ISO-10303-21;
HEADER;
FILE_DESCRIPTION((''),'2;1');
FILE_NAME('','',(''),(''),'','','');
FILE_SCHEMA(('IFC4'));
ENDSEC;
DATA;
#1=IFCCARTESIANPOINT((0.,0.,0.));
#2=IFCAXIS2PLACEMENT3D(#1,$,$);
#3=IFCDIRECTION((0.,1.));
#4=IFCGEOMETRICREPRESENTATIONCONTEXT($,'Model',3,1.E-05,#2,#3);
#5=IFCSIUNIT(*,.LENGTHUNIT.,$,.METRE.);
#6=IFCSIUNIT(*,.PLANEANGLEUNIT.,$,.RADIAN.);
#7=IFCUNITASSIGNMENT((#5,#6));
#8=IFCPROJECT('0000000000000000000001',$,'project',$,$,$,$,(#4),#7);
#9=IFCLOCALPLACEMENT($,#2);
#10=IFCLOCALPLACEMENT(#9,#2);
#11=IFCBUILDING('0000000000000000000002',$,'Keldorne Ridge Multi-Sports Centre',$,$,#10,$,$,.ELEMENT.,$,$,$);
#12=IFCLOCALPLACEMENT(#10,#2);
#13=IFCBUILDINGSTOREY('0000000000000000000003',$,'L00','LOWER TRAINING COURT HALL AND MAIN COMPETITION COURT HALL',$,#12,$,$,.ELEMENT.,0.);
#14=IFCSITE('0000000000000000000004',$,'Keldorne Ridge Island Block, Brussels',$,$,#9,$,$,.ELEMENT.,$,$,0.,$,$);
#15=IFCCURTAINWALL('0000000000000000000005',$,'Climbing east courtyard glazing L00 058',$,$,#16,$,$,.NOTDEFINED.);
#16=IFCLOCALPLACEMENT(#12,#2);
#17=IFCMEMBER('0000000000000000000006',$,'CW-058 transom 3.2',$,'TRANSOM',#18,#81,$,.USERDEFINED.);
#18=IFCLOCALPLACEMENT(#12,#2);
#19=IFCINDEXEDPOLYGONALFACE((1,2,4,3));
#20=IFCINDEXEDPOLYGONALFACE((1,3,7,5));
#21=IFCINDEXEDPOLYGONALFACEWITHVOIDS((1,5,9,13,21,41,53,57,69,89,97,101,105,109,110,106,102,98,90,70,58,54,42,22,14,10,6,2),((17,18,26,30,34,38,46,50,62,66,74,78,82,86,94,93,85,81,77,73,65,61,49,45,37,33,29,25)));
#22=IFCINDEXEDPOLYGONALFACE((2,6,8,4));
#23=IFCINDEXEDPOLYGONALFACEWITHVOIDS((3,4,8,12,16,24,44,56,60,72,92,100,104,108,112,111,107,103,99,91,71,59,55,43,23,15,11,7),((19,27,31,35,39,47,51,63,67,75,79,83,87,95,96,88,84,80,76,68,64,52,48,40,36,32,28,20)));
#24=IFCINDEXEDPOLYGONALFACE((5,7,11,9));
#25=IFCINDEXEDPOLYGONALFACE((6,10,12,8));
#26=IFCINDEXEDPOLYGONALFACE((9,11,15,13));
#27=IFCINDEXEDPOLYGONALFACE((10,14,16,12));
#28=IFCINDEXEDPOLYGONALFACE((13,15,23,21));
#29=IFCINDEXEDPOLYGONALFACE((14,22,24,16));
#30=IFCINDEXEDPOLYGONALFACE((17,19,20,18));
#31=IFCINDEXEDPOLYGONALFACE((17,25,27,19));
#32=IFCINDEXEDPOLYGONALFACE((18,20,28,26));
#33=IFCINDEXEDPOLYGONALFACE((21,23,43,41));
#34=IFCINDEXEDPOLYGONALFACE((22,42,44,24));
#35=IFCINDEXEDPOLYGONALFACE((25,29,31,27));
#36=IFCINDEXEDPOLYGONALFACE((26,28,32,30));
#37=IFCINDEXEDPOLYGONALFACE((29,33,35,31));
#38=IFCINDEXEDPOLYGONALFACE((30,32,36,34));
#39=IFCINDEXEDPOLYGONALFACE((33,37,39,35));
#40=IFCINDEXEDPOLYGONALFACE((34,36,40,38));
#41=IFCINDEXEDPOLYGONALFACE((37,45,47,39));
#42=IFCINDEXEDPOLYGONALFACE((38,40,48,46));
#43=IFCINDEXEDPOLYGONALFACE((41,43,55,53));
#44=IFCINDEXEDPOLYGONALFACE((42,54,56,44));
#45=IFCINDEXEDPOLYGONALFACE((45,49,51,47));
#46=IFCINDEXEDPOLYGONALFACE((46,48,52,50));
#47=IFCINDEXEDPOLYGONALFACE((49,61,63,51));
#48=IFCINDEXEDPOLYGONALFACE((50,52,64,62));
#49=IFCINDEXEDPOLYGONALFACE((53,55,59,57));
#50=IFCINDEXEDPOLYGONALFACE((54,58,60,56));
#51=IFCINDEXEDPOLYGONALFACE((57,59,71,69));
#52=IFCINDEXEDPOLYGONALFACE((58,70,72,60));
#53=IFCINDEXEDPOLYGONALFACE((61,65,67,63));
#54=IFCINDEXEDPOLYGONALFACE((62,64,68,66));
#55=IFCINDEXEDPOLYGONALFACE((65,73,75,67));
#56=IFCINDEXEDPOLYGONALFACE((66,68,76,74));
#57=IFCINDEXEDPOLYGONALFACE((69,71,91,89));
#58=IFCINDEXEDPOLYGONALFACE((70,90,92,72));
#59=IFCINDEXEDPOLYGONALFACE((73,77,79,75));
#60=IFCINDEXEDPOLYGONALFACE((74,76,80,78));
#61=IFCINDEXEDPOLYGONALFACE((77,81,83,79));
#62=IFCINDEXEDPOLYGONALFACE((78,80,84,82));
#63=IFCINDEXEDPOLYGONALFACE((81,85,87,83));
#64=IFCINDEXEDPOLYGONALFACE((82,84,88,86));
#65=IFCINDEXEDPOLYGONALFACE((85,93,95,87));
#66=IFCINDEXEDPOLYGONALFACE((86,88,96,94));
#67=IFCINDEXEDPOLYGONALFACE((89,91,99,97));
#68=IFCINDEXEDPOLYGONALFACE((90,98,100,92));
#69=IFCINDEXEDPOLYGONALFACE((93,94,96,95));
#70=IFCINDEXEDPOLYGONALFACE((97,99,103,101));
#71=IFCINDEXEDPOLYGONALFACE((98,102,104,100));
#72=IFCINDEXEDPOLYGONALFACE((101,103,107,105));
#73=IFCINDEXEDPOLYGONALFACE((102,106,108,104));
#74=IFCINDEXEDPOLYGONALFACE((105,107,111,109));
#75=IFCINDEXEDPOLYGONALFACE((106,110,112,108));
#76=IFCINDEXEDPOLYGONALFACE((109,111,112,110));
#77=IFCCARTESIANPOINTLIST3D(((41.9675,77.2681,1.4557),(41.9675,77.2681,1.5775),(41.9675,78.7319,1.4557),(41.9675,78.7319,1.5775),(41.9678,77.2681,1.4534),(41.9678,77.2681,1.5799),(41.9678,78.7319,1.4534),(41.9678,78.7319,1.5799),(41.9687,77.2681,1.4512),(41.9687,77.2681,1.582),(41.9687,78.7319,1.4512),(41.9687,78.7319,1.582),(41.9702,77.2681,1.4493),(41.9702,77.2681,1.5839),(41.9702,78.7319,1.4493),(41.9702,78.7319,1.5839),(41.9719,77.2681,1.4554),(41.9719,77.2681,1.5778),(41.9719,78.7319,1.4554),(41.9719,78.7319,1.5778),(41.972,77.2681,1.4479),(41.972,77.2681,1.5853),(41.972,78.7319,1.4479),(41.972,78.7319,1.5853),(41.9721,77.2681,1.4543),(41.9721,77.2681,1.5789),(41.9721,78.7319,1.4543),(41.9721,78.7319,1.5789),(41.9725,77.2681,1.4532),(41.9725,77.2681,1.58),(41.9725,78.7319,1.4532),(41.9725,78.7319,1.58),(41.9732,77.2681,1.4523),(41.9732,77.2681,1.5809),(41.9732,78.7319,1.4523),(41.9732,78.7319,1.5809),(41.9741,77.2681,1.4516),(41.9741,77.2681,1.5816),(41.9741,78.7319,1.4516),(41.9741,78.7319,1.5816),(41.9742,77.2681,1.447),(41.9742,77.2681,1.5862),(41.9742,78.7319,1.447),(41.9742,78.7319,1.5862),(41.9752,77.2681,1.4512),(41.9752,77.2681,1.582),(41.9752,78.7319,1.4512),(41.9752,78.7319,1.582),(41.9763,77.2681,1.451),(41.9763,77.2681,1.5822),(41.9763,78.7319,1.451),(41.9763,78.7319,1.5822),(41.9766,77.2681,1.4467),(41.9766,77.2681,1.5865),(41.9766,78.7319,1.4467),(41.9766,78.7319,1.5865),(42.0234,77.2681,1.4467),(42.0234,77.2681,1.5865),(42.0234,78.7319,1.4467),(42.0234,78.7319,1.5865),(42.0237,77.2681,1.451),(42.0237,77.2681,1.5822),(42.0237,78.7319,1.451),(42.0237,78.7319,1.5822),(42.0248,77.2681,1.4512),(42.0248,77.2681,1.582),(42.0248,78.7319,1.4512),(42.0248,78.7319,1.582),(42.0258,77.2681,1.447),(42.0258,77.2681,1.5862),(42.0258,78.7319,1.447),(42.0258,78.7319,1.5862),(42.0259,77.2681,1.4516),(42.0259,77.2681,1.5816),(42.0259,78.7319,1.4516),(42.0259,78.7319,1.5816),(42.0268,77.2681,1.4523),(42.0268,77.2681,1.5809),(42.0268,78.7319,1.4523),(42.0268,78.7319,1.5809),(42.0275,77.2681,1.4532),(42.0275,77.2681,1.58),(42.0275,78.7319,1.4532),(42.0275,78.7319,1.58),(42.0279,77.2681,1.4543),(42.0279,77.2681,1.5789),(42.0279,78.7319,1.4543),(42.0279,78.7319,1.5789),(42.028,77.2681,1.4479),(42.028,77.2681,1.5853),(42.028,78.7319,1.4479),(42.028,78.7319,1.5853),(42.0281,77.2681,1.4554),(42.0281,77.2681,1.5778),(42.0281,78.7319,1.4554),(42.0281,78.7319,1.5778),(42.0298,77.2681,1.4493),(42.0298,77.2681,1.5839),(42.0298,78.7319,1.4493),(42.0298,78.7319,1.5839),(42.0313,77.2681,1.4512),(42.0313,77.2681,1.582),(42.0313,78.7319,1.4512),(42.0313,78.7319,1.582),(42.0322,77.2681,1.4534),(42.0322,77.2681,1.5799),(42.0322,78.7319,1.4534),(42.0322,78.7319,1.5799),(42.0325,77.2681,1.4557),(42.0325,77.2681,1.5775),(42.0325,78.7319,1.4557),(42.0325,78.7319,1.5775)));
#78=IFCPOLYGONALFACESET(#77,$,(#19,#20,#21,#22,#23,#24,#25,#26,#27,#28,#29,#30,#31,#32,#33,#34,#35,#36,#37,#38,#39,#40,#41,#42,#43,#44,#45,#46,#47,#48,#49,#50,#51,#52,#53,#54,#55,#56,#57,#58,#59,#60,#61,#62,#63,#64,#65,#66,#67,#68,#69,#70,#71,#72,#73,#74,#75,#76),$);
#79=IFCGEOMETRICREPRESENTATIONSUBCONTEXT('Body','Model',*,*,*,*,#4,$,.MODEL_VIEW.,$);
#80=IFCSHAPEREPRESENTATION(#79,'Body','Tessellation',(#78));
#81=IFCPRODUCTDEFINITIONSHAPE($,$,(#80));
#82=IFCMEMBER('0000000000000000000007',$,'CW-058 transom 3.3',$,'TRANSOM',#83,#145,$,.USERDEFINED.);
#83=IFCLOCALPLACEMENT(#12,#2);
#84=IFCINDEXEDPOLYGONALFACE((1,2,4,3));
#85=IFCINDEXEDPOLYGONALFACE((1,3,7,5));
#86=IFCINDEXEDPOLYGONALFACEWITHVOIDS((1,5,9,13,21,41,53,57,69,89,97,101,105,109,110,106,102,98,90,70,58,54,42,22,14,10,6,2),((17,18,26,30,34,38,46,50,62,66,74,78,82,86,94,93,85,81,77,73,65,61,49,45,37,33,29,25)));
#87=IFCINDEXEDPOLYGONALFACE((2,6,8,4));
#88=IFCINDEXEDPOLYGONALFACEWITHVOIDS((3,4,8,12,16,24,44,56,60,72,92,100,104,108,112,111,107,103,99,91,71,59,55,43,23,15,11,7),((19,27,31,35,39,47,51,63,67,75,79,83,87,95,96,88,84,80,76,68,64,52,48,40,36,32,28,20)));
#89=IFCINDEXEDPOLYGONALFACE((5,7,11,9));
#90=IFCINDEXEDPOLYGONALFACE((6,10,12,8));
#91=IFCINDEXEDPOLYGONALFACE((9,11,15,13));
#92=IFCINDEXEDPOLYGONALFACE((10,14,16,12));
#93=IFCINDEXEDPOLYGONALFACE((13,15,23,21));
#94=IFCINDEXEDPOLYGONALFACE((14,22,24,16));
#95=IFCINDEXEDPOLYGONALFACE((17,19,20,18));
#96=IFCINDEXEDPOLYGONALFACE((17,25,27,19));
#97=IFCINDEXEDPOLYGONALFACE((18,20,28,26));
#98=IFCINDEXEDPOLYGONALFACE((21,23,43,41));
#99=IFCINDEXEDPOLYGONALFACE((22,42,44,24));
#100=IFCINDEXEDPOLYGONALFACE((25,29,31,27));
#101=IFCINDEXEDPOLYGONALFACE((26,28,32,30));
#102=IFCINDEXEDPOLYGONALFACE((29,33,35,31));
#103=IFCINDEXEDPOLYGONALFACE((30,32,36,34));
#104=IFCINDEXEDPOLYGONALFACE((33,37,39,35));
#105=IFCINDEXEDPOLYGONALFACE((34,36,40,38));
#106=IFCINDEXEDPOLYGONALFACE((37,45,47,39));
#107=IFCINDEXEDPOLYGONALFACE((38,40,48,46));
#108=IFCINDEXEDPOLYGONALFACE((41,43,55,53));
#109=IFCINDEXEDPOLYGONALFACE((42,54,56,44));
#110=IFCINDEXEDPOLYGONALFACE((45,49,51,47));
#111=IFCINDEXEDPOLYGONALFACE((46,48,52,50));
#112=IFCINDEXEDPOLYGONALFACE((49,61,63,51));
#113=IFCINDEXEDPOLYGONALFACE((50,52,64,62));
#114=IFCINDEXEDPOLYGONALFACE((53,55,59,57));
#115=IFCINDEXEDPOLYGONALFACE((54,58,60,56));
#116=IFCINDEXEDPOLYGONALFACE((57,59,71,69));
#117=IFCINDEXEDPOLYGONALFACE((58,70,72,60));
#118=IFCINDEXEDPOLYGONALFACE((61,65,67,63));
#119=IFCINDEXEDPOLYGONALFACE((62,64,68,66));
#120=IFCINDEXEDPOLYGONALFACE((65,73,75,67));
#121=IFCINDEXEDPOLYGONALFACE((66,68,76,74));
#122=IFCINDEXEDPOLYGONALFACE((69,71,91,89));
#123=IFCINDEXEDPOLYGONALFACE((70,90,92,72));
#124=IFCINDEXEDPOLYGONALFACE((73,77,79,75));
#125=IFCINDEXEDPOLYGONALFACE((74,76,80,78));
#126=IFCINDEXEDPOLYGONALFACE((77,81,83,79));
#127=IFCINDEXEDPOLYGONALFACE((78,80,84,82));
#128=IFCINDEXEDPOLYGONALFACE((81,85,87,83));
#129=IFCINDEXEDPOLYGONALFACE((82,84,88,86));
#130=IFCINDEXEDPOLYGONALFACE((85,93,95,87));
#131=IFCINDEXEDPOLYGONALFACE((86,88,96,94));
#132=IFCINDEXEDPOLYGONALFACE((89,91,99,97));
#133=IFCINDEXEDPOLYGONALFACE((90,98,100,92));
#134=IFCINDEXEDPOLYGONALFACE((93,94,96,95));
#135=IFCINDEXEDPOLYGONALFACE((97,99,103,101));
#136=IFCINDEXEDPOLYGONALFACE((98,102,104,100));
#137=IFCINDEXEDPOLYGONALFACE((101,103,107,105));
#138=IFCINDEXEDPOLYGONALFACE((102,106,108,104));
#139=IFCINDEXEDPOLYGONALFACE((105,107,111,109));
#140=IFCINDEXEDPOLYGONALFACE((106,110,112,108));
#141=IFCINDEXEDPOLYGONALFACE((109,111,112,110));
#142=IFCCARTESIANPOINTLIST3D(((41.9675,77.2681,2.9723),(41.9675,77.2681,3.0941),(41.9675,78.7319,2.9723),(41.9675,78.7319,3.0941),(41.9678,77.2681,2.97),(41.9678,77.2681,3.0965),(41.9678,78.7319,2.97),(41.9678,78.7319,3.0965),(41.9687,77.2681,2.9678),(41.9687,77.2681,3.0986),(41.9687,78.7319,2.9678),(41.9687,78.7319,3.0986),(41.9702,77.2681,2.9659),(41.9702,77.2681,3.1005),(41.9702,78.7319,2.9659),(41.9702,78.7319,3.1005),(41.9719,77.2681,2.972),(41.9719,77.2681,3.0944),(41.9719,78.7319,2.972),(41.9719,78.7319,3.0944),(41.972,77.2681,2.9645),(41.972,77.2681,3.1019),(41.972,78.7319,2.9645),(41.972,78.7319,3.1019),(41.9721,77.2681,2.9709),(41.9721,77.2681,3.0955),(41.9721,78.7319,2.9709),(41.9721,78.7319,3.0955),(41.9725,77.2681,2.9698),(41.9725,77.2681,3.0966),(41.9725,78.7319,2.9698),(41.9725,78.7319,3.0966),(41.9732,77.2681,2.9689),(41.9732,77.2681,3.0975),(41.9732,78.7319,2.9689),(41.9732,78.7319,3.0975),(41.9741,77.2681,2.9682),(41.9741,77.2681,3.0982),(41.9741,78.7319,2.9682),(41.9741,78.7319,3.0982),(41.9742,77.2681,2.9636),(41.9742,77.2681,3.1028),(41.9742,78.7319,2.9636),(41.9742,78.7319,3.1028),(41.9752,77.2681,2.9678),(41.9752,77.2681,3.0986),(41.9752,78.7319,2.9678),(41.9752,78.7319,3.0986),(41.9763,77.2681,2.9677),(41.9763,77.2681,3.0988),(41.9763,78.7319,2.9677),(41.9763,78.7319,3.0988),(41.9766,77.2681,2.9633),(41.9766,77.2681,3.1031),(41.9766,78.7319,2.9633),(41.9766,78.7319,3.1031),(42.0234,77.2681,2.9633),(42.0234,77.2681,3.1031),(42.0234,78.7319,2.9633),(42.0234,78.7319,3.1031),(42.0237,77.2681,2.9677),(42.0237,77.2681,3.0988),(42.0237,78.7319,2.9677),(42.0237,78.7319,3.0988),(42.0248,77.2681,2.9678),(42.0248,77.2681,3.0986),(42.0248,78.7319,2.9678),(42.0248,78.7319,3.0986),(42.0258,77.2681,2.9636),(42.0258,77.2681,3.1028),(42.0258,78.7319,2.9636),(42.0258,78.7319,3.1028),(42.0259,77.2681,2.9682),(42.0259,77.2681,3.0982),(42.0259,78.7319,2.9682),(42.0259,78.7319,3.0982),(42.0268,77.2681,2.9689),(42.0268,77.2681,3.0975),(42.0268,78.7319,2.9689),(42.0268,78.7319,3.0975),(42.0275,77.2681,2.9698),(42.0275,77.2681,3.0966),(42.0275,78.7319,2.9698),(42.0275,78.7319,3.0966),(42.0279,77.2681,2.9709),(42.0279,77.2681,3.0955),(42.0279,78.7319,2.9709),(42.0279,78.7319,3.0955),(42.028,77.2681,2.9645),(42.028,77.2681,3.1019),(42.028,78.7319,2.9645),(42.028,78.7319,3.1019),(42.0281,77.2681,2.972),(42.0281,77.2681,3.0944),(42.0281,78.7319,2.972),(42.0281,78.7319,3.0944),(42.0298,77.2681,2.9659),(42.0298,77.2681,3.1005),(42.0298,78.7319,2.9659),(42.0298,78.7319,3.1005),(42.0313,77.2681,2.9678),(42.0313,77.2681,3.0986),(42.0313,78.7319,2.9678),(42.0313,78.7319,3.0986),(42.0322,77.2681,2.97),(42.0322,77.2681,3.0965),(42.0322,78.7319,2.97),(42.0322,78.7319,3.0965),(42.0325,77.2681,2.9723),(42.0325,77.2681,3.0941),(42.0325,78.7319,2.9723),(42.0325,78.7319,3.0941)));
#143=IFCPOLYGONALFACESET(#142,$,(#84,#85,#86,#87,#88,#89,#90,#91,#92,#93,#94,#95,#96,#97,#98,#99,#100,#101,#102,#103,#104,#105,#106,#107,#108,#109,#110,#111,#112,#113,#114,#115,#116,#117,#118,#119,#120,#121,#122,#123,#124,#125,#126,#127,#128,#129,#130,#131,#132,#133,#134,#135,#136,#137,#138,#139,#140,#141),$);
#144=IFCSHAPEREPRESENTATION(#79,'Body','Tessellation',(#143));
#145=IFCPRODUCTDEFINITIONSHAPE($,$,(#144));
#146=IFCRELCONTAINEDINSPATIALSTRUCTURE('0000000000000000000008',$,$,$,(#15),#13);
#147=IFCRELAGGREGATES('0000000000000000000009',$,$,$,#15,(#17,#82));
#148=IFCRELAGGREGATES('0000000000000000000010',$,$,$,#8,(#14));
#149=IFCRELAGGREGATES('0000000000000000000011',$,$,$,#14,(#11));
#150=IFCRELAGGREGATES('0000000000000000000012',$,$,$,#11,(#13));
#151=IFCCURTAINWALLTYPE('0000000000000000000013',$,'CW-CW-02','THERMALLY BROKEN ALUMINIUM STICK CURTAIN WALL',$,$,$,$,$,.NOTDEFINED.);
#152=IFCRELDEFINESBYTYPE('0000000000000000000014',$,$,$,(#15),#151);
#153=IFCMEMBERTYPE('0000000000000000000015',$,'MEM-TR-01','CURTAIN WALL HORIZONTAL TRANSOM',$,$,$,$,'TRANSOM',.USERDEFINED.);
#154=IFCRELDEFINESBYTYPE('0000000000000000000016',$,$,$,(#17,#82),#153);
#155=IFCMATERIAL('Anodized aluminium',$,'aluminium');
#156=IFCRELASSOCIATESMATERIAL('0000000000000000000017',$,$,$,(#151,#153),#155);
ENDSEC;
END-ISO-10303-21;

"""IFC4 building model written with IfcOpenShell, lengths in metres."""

from ifc_helpers import new_model, si_unit, direction, frame, origin, origin_2d, place, context, subcontext, project, spatial, hollow_rectangle, extrude, material, material_profile, profile_set, type_object, element, aggregate, save


model = new_model("IFC4")

# Units and contexts
model_context = context("Model", 3, precision=1e-05, world=origin(), true_north=direction((0.0, 1.0)))
body_context = subcontext(model_context, "Body", "Model", "MODEL_VIEW")
ifc_project = project(units=[si_unit("LENGTHUNIT", "METRE"), si_unit("PLANEANGLEUNIT", "RADIAN")], contexts=[model_context])

# Site, building, storey
site_placement = place(None, origin())
site = spatial("IfcSite", under=ifc_project, at=site_placement, Name="Keldorne Ridge Island Block, Brussels", CompositionType="ELEMENT", RefElevation=0.0)
building_placement = place(site_placement, origin())
building = spatial("IfcBuilding", under=site, at=building_placement, Name="Keldorne Ridge Multi-Sports Centre", CompositionType="ELEMENT")
storey_placement = place(building_placement, origin())
storey = spatial("IfcBuildingStorey", under=building, at=storey_placement, Name="L00", Description="LOWER TRAINING COURT HALL AND MAIN COMPETITION COURT HALL", CompositionType="ELEMENT", Elevation=0.0)

# Curtain wall, members
ifc_material_1 = material(Name="Anodized aluminium", Category="aluminium")
curtain_wall_type = type_object("IfcCurtainWallType", Name="CW-CW-02", Description="THERMALLY BROKEN ALUMINIUM STICK CURTAIN WALL", PredefinedType="NOTDEFINED", material=ifc_material_1)
curtain_wall_placement = place(storey_placement, origin())
curtain_wall = element("IfcCurtainWall", 1, at=curtain_wall_placement, inside=storey, type_object=curtain_wall_type, Name="Climbing east courtyard glazing L00 058", PredefinedType="NOTDEFINED")
ifc_material_profile_1 = material_profile(ifc_material_1, hollow_rectangle(XDim=0.0649, YDim=0.1399, WallThickness=0.0044, InnerFilletRadius=0.0044, OuterFilletRadius=0.009, at=origin_2d()), Name="ALU TRANSOM 140x65x4.5")
ifc_profile_set_1 = profile_set([ifc_material_profile_1], Name="Anodized aluminium")
member_type_1 = type_object("IfcMemberType", Name="MEM-TR-01", Description="CURTAIN WALL HORIZONTAL TRANSOM", ElementType="TRANSOM", PredefinedType="USERDEFINED", material=ifc_profile_set_1)
member_1_placement = place(storey_placement, frame((42.0, 77.2681, 1.5166), z_axis=(0.0, 1.0, 0.0), x_axis=(-1.0, 0.0, 0.0)))
member_1 = element("IfcMember", 2, at=member_1_placement, type_object=member_type_1, Name="CW-058 transom 3.2", ObjectType="TRANSOM", PredefinedType="USERDEFINED", context=body_context, shape_type="SweptSolid", body=[
    extrude(hollow_rectangle(XDim=0.0649, YDim=0.1399, WallThickness=0.0044, InnerFilletRadius=0.0044, OuterFilletRadius=0.009, at=origin_2d()), origin(), (0.0, 0.0, 1.0), 1.4639),
])
member_2_placement = place(storey_placement, frame((42.0, 77.2681, 3.0332), z_axis=(0.0, 1.0, 0.0), x_axis=(-1.0, 0.0, 0.0)))
member_2 = element("IfcMember", 3, at=member_2_placement, type_object=member_type_1, Name="CW-058 transom 3.3", ObjectType="TRANSOM", PredefinedType="USERDEFINED", context=body_context, shape_type="SweptSolid", body=[
    extrude(hollow_rectangle(XDim=0.0649, YDim=0.1399, WallThickness=0.0044, InnerFilletRadius=0.0044, OuterFilletRadius=0.009, at=origin_2d()), origin(), (0.0, 0.0, 1.0), 1.4639),
])
aggregate(curtain_wall, [member_1, member_2])

save(model, "model.ifc")
